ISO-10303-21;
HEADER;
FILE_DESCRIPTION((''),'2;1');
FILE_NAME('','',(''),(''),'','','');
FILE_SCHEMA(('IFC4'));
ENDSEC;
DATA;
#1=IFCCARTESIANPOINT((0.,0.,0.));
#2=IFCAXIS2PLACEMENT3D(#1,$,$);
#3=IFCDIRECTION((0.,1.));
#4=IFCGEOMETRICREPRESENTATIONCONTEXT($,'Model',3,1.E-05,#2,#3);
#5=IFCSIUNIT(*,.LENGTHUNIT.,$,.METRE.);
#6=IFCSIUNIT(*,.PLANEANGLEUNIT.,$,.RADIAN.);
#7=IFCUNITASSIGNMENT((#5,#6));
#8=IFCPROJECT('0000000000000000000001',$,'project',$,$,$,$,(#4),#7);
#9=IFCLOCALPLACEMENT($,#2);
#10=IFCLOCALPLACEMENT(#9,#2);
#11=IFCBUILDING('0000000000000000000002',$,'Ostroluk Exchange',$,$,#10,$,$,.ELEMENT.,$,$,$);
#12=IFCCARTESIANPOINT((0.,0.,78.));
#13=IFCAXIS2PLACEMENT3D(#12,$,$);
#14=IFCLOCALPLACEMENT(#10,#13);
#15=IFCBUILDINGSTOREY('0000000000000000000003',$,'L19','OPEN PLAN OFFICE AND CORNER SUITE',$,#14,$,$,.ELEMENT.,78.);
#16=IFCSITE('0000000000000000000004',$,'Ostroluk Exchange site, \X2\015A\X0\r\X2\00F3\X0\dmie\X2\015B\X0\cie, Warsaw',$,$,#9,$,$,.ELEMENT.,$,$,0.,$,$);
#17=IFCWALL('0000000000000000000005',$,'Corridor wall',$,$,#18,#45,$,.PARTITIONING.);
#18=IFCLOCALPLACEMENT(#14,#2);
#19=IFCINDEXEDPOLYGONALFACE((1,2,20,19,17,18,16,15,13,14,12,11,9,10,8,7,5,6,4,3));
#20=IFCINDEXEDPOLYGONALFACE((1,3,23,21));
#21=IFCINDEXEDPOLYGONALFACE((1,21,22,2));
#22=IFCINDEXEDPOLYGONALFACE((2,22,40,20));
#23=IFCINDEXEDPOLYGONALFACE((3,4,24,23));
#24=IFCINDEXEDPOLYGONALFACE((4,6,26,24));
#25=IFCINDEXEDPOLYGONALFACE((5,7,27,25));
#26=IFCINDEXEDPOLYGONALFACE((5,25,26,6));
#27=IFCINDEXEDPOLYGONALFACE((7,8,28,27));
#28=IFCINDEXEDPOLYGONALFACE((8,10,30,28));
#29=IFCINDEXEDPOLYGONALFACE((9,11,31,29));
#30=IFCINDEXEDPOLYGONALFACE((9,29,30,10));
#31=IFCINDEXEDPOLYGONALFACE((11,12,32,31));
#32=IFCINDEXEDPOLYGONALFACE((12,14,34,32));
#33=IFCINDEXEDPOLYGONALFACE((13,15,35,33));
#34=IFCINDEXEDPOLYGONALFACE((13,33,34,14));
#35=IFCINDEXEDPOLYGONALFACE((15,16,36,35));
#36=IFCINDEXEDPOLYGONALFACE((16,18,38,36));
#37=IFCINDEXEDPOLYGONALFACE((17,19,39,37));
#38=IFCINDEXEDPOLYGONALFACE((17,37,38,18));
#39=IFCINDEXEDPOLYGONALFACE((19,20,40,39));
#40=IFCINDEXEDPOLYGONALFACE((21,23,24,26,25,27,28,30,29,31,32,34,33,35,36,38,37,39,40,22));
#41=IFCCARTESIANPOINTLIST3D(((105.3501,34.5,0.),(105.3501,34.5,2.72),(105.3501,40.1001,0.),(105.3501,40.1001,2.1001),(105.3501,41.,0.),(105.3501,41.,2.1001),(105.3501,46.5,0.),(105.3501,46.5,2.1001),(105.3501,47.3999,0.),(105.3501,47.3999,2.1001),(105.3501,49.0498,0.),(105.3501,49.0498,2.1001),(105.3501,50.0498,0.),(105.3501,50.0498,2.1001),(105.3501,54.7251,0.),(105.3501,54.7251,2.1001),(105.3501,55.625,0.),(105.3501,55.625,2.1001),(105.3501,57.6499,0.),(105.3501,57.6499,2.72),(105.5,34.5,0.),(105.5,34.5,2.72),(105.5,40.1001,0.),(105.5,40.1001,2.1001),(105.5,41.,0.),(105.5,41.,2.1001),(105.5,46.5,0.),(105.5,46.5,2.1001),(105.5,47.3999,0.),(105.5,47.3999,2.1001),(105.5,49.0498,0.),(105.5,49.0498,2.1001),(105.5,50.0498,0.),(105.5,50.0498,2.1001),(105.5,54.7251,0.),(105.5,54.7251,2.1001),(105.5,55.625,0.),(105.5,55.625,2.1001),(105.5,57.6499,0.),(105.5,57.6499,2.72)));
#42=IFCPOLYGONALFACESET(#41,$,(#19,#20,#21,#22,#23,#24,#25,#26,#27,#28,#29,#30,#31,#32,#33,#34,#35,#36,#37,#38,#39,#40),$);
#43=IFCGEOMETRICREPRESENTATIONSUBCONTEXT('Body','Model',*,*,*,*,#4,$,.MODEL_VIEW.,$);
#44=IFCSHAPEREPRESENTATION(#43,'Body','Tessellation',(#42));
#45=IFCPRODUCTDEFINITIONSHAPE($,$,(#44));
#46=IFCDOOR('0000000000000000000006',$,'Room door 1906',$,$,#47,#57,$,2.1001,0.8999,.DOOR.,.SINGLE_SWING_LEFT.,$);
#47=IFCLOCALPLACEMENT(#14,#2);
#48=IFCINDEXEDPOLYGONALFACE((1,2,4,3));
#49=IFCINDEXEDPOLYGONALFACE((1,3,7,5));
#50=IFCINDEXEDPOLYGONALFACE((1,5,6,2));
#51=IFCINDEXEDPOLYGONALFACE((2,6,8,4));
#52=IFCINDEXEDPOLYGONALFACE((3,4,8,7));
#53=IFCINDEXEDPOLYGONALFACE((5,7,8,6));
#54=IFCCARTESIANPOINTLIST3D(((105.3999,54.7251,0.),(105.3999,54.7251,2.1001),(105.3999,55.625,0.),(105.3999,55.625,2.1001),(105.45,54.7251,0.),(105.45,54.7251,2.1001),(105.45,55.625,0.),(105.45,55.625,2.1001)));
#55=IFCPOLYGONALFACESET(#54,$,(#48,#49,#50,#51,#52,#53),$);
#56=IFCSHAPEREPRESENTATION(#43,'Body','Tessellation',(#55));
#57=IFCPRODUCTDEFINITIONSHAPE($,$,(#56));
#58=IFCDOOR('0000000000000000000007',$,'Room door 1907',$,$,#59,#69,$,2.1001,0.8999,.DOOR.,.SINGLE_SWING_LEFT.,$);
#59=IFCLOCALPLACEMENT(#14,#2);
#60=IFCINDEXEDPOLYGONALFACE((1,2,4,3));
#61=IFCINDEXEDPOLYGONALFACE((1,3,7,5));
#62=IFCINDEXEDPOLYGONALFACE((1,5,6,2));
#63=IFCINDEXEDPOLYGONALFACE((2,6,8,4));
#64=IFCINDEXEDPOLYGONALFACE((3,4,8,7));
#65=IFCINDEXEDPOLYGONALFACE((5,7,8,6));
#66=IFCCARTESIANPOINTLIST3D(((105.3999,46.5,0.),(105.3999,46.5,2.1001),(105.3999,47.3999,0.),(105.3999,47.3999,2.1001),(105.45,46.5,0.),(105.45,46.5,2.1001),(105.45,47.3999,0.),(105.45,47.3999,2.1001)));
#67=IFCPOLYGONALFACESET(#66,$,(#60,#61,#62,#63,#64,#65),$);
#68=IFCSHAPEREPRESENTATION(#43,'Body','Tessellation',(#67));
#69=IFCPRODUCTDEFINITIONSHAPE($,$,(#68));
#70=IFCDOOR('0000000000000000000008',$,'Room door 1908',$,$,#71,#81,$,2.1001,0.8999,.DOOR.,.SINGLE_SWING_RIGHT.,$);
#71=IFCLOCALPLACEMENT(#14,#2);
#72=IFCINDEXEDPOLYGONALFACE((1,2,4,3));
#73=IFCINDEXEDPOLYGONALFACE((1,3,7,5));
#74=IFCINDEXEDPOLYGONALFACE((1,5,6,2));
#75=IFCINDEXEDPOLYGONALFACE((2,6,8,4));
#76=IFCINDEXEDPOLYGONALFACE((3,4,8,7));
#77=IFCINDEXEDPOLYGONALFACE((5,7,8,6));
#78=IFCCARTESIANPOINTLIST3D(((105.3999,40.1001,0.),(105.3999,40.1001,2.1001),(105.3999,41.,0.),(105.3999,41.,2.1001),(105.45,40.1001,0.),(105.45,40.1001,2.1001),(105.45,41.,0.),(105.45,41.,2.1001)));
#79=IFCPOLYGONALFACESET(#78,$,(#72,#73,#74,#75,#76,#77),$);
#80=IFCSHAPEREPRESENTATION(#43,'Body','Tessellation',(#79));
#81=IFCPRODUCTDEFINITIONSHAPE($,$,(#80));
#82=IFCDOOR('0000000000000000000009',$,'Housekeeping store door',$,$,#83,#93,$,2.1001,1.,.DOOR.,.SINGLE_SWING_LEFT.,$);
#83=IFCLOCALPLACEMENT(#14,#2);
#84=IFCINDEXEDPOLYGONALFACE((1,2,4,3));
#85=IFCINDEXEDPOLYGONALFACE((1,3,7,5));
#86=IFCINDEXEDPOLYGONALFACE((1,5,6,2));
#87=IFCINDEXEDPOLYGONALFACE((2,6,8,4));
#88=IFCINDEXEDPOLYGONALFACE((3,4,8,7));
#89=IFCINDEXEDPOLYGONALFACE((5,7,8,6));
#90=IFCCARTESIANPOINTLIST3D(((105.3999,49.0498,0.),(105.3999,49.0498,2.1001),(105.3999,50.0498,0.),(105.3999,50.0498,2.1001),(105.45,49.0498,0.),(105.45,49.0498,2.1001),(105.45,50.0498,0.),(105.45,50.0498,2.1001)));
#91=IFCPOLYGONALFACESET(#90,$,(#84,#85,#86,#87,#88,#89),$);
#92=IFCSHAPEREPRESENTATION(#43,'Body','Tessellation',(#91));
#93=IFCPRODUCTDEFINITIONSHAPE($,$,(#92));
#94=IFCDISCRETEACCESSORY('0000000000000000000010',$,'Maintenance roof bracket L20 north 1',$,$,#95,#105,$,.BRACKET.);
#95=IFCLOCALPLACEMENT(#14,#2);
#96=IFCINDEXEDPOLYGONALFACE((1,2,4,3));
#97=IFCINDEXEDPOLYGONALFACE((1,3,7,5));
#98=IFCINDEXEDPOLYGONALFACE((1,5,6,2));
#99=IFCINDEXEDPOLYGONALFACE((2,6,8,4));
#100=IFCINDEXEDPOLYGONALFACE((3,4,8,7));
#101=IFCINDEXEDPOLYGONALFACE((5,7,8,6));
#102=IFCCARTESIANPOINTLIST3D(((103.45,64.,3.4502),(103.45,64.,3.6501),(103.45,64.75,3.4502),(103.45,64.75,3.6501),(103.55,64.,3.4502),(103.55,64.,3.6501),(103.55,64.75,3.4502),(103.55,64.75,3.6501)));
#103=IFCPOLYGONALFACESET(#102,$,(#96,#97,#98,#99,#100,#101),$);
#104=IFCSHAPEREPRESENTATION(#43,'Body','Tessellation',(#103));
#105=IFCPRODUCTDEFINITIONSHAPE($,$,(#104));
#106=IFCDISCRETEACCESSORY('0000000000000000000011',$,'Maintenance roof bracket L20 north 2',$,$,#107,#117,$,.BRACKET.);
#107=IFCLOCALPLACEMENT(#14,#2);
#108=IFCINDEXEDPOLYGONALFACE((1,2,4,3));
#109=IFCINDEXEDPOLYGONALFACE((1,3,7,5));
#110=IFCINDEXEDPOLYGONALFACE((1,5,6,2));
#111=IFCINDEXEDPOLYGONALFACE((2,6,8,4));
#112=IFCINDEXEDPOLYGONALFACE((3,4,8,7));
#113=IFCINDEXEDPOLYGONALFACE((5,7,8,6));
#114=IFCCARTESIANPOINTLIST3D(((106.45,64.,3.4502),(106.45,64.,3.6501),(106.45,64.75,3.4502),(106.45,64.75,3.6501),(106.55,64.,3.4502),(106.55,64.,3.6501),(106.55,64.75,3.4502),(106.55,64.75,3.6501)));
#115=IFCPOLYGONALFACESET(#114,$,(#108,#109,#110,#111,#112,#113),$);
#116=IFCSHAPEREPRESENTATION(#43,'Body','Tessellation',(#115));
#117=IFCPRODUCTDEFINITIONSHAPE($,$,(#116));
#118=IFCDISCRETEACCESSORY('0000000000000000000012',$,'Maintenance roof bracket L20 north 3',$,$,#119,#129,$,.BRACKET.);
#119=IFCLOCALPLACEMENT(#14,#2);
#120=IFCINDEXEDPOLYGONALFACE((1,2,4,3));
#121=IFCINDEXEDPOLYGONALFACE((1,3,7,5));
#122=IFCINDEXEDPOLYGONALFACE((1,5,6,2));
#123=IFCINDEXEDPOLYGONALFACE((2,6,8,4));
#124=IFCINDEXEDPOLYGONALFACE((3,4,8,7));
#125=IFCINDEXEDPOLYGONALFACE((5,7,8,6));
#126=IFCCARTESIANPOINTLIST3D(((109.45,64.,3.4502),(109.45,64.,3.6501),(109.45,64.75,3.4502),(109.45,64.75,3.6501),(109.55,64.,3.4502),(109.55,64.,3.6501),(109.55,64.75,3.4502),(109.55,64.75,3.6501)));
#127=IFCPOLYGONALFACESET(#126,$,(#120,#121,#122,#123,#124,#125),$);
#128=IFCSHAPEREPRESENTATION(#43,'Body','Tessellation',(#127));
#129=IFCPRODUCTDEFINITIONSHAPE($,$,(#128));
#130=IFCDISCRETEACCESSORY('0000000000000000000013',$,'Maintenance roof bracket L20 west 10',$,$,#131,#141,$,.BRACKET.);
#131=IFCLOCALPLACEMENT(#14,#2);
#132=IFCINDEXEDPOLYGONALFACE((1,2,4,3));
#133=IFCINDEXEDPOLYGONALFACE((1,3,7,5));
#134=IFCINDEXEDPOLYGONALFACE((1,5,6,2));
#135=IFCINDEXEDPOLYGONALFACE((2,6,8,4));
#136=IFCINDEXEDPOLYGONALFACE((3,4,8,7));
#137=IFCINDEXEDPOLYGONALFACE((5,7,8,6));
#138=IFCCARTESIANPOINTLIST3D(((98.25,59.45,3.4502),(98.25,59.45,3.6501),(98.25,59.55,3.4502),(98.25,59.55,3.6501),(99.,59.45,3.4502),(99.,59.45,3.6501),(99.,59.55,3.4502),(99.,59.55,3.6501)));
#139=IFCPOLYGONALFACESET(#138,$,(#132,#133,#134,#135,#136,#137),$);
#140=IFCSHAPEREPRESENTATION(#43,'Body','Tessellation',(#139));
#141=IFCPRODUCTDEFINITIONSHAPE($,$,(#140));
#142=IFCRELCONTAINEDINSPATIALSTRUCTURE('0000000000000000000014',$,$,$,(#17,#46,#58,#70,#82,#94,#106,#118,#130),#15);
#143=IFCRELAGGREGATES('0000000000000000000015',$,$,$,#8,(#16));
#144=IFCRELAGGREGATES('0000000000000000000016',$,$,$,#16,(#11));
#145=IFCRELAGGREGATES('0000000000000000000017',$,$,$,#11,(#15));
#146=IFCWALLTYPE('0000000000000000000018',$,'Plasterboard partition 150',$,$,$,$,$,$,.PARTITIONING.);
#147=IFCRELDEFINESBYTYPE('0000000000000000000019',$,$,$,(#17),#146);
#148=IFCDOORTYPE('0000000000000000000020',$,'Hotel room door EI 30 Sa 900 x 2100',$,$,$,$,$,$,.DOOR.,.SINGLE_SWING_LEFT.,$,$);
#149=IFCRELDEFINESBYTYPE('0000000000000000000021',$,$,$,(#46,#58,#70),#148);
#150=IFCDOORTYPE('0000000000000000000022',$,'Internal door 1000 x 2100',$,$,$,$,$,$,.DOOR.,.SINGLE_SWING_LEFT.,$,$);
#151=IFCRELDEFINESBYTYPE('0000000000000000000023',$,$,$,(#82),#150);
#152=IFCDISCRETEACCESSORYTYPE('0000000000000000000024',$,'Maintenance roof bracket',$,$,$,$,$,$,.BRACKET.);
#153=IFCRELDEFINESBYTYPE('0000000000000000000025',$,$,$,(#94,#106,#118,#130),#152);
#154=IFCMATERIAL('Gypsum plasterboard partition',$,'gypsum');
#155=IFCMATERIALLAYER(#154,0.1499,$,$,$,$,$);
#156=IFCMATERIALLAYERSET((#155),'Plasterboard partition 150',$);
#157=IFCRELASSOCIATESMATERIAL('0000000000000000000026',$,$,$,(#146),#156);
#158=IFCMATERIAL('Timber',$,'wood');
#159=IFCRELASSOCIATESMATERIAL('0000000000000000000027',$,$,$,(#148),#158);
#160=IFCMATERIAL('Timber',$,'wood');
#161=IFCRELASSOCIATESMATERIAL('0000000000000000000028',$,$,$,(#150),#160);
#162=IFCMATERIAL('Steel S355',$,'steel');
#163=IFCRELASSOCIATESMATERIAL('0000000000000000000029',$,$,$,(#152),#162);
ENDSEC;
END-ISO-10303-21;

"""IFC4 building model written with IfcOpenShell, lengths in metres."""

from ifc_helpers import new_model, si_unit, direction, frame, frame_2d, origin, origin_2d, place, context, subcontext, project, spatial, rectangle, extrude, material, layer, layer_set, type_object, element, fill, save


model = new_model("IFC4")

# Units and contexts
model_context = context("Model", 3, precision=1e-05, world=origin(), true_north=direction((0.0, 1.0)))
body_context = subcontext(model_context, "Body", "Model", "MODEL_VIEW")
ifc_project = project(units=[si_unit("LENGTHUNIT", "METRE"), si_unit("PLANEANGLEUNIT", "RADIAN")], contexts=[model_context])

# Site, building, storey
site_placement = place(None, origin())
site = spatial("IfcSite", under=ifc_project, at=site_placement, Name="Ostroluk Exchange site, Śródmieście, Warsaw", CompositionType="ELEMENT", RefElevation=0.0)
building_placement = place(site_placement, origin())
building = spatial("IfcBuilding", under=site, at=building_placement, Name="Ostroluk Exchange", CompositionType="ELEMENT")
storey_placement = place(building_placement, frame((0.0, 0.0, 78.0)))
storey = spatial("IfcBuildingStorey", under=building, at=storey_placement, Name="L19", Description="OPEN PLAN OFFICE AND CORNER SUITE", CompositionType="ELEMENT", Elevation=78.0)

# Wall, openings, doors
ifc_material_1 = material(Name="Gypsum plasterboard partition", Category="gypsum")
ifc_layer_1 = layer(ifc_material_1, 0.1499)
ifc_layer_set_1 = layer_set([ifc_layer_1], Name="Plasterboard partition 150")
wall_type_1 = type_object("IfcWallType", Name="Plasterboard partition 150", PredefinedType="PARTITIONING", material=ifc_layer_set_1)
wall_1_placement = place(storey_placement, frame((105.425, 57.6499, 0.0), z_axis=(0.0, 0.0, 1.0), x_axis=(0.0, -1.0, 0.0)))
wall_1 = element("IfcWall", 1, at=wall_1_placement, inside=storey, type_object=wall_type_1, Name="Corridor wall", PredefinedType="PARTITIONING", context=body_context, shape_type="SweptSolid", body=[
    extrude(rectangle(XDim=23.1499, YDim=0.1499, at=frame_2d((11.575, 0.0))), origin(), (0.0, 0.0, 1.0), 2.72),
])
opening_1_placement = place(wall_1_placement, frame((2.0249, 0.0, 0.0)))
opening_1 = element("IfcOpeningElement", 2, at=opening_1_placement, cuts=wall_1, PredefinedType="OPENING", context=body_context, shape_type="SweptSolid", body=[
    extrude(rectangle(XDim=0.8999, YDim=2.1001, at=frame_2d((0.45, 1.05))), frame((0.0, 0.085, 0.0), z_axis=(0.0, -1.0, 0.0), x_axis=(1.0, 0.0, 0.0)), (0.0, 0.0, 1.0), 0.1699),
])
opening_2_placement = place(wall_1_placement, frame((7.6001, 0.0, 0.0)))
opening_2 = element("IfcOpeningElement", 3, at=opening_2_placement, cuts=wall_1, PredefinedType="OPENING", context=body_context, shape_type="SweptSolid", body=[
    extrude(rectangle(XDim=1.0, YDim=2.1001, at=frame_2d((0.5, 1.05))), frame((0.0, 0.085, 0.0), z_axis=(0.0, -1.0, 0.0), x_axis=(1.0, 0.0, 0.0)), (0.0, 0.0, 1.0), 0.1699),
])
opening_3_placement = place(wall_1_placement, frame((10.25, 0.0, 0.0)))
opening_3 = element("IfcOpeningElement", 4, at=opening_3_placement, cuts=wall_1, PredefinedType="OPENING", context=body_context, shape_type="SweptSolid", body=[
    extrude(rectangle(XDim=0.8999, YDim=2.1001, at=frame_2d((0.45, 1.05))), frame((0.0, 0.085, 0.0), z_axis=(0.0, -1.0, 0.0), x_axis=(1.0, 0.0, 0.0)), (0.0, 0.0, 1.0), 0.1699),
])
opening_4_placement = place(wall_1_placement, frame((16.6499, 0.0, 0.0)))
opening_4 = element("IfcOpeningElement", 5, at=opening_4_placement, cuts=wall_1, PredefinedType="OPENING", context=body_context, shape_type="SweptSolid", body=[
    extrude(rectangle(XDim=0.8999, YDim=2.1001, at=frame_2d((0.45, 1.05))), frame((0.0, 0.085, 0.0), z_axis=(0.0, -1.0, 0.0), x_axis=(1.0, 0.0, 0.0)), (0.0, 0.0, 1.0), 0.1699),
])
ifc_material_2 = material(Name="Timber", Category="wood")
door_type_1 = type_object("IfcDoorType", Name="Hotel room door EI 30 Sa 900 x 2100", OperationType="SINGLE_SWING_LEFT", PredefinedType="DOOR", material=ifc_material_2)
door_1_placement = place(opening_1_placement, origin())
door_1 = element("IfcDoor", 6, at=door_1_placement, inside=storey, type_object=door_type_1, Name="Room door 1906", OperationType="SINGLE_SWING_LEFT", OverallHeight=2.1001, OverallWidth=0.8999, PredefinedType="DOOR", context=body_context, shape_type="SweptSolid", body=[
    extrude(rectangle(XDim=0.8999, YDim=2.1001, at=frame_2d((0.45, 1.05))), frame((0.0, 0.0249, 0.0), z_axis=(0.0, -1.0, 0.0), x_axis=(1.0, 0.0, 0.0)), (0.0, 0.0, 1.0), 0.05),
])
fill(opening_1, door_1)
door_2_placement = place(opening_3_placement, origin())
door_2 = element("IfcDoor", 7, at=door_2_placement, inside=storey, type_object=door_type_1, Name="Room door 1907", OperationType="SINGLE_SWING_LEFT", OverallHeight=2.1001, OverallWidth=0.8999, PredefinedType="DOOR", context=body_context, shape_type="SweptSolid", body=[
    extrude(rectangle(XDim=0.8999, YDim=2.1001, at=frame_2d((0.45, 1.05))), frame((0.0, 0.0249, 0.0), z_axis=(0.0, -1.0, 0.0), x_axis=(1.0, 0.0, 0.0)), (0.0, 0.0, 1.0), 0.05),
])
fill(opening_3, door_2)
door_3_placement = place(opening_4_placement, origin())
door_3 = element("IfcDoor", 8, at=door_3_placement, inside=storey, type_object=door_type_1, Name="Room door 1908", OperationType="SINGLE_SWING_RIGHT", OverallHeight=2.1001, OverallWidth=0.8999, PredefinedType="DOOR", context=body_context, shape_type="SweptSolid", body=[
    extrude(rectangle(XDim=0.8999, YDim=2.1001, at=frame_2d((0.45, 1.05))), frame((0.0, 0.0249, 0.0), z_axis=(0.0, -1.0, 0.0), x_axis=(1.0, 0.0, 0.0)), (0.0, 0.0, 1.0), 0.05),
])
fill(opening_4, door_3)
ifc_material_3 = material(Name="Timber", Category="wood")
door_type_2 = type_object("IfcDoorType", Name="Internal door 1000 x 2100", OperationType="SINGLE_SWING_LEFT", PredefinedType="DOOR", material=ifc_material_3)
door_4_placement = place(opening_2_placement, origin())
door_4 = element("IfcDoor", 9, at=door_4_placement, inside=storey, type_object=door_type_2, Name="Housekeeping store door", OperationType="SINGLE_SWING_LEFT", OverallHeight=2.1001, OverallWidth=1.0, PredefinedType="DOOR", context=body_context, shape_type="SweptSolid", body=[
    extrude(rectangle(XDim=1.0, YDim=2.1001, at=frame_2d((0.5, 1.05))), frame((0.0, 0.0249, 0.0), z_axis=(0.0, -1.0, 0.0), x_axis=(1.0, 0.0, 0.0)), (0.0, 0.0, 1.0), 0.05),
])
fill(opening_2, door_4)

# Discrete accessories
ifc_material_4 = material(Name="Steel S355", Category="steel")
discrete_accessory_type = type_object("IfcDiscreteAccessoryType", Name="Maintenance roof bracket", PredefinedType="BRACKET", material=ifc_material_4)
for number, where, z_axis, x_axis, name in (
    (10, (103.5, 64.375, 3.4502), (0.0, 0.0, 1.0), (1.0, 0.0, 0.0), "Maintenance roof bracket L20 north 1"),
    (11, (106.5, 64.375, 3.4502), (0.0, 0.0, 1.0), (1.0, 0.0, 0.0), "Maintenance roof bracket L20 north 2"),
    (12, (109.5, 64.375, 3.4502), (0.0, 0.0, 1.0), (1.0, 0.0, 0.0), "Maintenance roof bracket L20 north 3"),
):
    element("IfcDiscreteAccessory", number, at=place(storey_placement, frame(where, z_axis=z_axis, x_axis=x_axis)), inside=storey, type_object=discrete_accessory_type, Name=name, PredefinedType="BRACKET", context=body_context, shape_type="SweptSolid", body=[
        extrude(rectangle(XDim=0.1001, YDim=0.75, at=origin_2d()), origin(), (0.0, 0.0, 1.0), 0.2),
    ])
discrete_accessory_placement = place(storey_placement, frame((98.625, 59.5, 3.4502), z_axis=(0.0, 0.0, 1.0), x_axis=(1.0, 0.0, 0.0)))
element("IfcDiscreteAccessory", 13, at=discrete_accessory_placement, inside=storey, type_object=discrete_accessory_type, Name="Maintenance roof bracket L20 west 10", PredefinedType="BRACKET", context=body_context, shape_type="SweptSolid", body=[
    extrude(rectangle(XDim=0.75, YDim=0.1001, at=origin_2d()), origin(), (0.0, 0.0, 1.0), 0.2),
])

save(model, "model.ifc")
